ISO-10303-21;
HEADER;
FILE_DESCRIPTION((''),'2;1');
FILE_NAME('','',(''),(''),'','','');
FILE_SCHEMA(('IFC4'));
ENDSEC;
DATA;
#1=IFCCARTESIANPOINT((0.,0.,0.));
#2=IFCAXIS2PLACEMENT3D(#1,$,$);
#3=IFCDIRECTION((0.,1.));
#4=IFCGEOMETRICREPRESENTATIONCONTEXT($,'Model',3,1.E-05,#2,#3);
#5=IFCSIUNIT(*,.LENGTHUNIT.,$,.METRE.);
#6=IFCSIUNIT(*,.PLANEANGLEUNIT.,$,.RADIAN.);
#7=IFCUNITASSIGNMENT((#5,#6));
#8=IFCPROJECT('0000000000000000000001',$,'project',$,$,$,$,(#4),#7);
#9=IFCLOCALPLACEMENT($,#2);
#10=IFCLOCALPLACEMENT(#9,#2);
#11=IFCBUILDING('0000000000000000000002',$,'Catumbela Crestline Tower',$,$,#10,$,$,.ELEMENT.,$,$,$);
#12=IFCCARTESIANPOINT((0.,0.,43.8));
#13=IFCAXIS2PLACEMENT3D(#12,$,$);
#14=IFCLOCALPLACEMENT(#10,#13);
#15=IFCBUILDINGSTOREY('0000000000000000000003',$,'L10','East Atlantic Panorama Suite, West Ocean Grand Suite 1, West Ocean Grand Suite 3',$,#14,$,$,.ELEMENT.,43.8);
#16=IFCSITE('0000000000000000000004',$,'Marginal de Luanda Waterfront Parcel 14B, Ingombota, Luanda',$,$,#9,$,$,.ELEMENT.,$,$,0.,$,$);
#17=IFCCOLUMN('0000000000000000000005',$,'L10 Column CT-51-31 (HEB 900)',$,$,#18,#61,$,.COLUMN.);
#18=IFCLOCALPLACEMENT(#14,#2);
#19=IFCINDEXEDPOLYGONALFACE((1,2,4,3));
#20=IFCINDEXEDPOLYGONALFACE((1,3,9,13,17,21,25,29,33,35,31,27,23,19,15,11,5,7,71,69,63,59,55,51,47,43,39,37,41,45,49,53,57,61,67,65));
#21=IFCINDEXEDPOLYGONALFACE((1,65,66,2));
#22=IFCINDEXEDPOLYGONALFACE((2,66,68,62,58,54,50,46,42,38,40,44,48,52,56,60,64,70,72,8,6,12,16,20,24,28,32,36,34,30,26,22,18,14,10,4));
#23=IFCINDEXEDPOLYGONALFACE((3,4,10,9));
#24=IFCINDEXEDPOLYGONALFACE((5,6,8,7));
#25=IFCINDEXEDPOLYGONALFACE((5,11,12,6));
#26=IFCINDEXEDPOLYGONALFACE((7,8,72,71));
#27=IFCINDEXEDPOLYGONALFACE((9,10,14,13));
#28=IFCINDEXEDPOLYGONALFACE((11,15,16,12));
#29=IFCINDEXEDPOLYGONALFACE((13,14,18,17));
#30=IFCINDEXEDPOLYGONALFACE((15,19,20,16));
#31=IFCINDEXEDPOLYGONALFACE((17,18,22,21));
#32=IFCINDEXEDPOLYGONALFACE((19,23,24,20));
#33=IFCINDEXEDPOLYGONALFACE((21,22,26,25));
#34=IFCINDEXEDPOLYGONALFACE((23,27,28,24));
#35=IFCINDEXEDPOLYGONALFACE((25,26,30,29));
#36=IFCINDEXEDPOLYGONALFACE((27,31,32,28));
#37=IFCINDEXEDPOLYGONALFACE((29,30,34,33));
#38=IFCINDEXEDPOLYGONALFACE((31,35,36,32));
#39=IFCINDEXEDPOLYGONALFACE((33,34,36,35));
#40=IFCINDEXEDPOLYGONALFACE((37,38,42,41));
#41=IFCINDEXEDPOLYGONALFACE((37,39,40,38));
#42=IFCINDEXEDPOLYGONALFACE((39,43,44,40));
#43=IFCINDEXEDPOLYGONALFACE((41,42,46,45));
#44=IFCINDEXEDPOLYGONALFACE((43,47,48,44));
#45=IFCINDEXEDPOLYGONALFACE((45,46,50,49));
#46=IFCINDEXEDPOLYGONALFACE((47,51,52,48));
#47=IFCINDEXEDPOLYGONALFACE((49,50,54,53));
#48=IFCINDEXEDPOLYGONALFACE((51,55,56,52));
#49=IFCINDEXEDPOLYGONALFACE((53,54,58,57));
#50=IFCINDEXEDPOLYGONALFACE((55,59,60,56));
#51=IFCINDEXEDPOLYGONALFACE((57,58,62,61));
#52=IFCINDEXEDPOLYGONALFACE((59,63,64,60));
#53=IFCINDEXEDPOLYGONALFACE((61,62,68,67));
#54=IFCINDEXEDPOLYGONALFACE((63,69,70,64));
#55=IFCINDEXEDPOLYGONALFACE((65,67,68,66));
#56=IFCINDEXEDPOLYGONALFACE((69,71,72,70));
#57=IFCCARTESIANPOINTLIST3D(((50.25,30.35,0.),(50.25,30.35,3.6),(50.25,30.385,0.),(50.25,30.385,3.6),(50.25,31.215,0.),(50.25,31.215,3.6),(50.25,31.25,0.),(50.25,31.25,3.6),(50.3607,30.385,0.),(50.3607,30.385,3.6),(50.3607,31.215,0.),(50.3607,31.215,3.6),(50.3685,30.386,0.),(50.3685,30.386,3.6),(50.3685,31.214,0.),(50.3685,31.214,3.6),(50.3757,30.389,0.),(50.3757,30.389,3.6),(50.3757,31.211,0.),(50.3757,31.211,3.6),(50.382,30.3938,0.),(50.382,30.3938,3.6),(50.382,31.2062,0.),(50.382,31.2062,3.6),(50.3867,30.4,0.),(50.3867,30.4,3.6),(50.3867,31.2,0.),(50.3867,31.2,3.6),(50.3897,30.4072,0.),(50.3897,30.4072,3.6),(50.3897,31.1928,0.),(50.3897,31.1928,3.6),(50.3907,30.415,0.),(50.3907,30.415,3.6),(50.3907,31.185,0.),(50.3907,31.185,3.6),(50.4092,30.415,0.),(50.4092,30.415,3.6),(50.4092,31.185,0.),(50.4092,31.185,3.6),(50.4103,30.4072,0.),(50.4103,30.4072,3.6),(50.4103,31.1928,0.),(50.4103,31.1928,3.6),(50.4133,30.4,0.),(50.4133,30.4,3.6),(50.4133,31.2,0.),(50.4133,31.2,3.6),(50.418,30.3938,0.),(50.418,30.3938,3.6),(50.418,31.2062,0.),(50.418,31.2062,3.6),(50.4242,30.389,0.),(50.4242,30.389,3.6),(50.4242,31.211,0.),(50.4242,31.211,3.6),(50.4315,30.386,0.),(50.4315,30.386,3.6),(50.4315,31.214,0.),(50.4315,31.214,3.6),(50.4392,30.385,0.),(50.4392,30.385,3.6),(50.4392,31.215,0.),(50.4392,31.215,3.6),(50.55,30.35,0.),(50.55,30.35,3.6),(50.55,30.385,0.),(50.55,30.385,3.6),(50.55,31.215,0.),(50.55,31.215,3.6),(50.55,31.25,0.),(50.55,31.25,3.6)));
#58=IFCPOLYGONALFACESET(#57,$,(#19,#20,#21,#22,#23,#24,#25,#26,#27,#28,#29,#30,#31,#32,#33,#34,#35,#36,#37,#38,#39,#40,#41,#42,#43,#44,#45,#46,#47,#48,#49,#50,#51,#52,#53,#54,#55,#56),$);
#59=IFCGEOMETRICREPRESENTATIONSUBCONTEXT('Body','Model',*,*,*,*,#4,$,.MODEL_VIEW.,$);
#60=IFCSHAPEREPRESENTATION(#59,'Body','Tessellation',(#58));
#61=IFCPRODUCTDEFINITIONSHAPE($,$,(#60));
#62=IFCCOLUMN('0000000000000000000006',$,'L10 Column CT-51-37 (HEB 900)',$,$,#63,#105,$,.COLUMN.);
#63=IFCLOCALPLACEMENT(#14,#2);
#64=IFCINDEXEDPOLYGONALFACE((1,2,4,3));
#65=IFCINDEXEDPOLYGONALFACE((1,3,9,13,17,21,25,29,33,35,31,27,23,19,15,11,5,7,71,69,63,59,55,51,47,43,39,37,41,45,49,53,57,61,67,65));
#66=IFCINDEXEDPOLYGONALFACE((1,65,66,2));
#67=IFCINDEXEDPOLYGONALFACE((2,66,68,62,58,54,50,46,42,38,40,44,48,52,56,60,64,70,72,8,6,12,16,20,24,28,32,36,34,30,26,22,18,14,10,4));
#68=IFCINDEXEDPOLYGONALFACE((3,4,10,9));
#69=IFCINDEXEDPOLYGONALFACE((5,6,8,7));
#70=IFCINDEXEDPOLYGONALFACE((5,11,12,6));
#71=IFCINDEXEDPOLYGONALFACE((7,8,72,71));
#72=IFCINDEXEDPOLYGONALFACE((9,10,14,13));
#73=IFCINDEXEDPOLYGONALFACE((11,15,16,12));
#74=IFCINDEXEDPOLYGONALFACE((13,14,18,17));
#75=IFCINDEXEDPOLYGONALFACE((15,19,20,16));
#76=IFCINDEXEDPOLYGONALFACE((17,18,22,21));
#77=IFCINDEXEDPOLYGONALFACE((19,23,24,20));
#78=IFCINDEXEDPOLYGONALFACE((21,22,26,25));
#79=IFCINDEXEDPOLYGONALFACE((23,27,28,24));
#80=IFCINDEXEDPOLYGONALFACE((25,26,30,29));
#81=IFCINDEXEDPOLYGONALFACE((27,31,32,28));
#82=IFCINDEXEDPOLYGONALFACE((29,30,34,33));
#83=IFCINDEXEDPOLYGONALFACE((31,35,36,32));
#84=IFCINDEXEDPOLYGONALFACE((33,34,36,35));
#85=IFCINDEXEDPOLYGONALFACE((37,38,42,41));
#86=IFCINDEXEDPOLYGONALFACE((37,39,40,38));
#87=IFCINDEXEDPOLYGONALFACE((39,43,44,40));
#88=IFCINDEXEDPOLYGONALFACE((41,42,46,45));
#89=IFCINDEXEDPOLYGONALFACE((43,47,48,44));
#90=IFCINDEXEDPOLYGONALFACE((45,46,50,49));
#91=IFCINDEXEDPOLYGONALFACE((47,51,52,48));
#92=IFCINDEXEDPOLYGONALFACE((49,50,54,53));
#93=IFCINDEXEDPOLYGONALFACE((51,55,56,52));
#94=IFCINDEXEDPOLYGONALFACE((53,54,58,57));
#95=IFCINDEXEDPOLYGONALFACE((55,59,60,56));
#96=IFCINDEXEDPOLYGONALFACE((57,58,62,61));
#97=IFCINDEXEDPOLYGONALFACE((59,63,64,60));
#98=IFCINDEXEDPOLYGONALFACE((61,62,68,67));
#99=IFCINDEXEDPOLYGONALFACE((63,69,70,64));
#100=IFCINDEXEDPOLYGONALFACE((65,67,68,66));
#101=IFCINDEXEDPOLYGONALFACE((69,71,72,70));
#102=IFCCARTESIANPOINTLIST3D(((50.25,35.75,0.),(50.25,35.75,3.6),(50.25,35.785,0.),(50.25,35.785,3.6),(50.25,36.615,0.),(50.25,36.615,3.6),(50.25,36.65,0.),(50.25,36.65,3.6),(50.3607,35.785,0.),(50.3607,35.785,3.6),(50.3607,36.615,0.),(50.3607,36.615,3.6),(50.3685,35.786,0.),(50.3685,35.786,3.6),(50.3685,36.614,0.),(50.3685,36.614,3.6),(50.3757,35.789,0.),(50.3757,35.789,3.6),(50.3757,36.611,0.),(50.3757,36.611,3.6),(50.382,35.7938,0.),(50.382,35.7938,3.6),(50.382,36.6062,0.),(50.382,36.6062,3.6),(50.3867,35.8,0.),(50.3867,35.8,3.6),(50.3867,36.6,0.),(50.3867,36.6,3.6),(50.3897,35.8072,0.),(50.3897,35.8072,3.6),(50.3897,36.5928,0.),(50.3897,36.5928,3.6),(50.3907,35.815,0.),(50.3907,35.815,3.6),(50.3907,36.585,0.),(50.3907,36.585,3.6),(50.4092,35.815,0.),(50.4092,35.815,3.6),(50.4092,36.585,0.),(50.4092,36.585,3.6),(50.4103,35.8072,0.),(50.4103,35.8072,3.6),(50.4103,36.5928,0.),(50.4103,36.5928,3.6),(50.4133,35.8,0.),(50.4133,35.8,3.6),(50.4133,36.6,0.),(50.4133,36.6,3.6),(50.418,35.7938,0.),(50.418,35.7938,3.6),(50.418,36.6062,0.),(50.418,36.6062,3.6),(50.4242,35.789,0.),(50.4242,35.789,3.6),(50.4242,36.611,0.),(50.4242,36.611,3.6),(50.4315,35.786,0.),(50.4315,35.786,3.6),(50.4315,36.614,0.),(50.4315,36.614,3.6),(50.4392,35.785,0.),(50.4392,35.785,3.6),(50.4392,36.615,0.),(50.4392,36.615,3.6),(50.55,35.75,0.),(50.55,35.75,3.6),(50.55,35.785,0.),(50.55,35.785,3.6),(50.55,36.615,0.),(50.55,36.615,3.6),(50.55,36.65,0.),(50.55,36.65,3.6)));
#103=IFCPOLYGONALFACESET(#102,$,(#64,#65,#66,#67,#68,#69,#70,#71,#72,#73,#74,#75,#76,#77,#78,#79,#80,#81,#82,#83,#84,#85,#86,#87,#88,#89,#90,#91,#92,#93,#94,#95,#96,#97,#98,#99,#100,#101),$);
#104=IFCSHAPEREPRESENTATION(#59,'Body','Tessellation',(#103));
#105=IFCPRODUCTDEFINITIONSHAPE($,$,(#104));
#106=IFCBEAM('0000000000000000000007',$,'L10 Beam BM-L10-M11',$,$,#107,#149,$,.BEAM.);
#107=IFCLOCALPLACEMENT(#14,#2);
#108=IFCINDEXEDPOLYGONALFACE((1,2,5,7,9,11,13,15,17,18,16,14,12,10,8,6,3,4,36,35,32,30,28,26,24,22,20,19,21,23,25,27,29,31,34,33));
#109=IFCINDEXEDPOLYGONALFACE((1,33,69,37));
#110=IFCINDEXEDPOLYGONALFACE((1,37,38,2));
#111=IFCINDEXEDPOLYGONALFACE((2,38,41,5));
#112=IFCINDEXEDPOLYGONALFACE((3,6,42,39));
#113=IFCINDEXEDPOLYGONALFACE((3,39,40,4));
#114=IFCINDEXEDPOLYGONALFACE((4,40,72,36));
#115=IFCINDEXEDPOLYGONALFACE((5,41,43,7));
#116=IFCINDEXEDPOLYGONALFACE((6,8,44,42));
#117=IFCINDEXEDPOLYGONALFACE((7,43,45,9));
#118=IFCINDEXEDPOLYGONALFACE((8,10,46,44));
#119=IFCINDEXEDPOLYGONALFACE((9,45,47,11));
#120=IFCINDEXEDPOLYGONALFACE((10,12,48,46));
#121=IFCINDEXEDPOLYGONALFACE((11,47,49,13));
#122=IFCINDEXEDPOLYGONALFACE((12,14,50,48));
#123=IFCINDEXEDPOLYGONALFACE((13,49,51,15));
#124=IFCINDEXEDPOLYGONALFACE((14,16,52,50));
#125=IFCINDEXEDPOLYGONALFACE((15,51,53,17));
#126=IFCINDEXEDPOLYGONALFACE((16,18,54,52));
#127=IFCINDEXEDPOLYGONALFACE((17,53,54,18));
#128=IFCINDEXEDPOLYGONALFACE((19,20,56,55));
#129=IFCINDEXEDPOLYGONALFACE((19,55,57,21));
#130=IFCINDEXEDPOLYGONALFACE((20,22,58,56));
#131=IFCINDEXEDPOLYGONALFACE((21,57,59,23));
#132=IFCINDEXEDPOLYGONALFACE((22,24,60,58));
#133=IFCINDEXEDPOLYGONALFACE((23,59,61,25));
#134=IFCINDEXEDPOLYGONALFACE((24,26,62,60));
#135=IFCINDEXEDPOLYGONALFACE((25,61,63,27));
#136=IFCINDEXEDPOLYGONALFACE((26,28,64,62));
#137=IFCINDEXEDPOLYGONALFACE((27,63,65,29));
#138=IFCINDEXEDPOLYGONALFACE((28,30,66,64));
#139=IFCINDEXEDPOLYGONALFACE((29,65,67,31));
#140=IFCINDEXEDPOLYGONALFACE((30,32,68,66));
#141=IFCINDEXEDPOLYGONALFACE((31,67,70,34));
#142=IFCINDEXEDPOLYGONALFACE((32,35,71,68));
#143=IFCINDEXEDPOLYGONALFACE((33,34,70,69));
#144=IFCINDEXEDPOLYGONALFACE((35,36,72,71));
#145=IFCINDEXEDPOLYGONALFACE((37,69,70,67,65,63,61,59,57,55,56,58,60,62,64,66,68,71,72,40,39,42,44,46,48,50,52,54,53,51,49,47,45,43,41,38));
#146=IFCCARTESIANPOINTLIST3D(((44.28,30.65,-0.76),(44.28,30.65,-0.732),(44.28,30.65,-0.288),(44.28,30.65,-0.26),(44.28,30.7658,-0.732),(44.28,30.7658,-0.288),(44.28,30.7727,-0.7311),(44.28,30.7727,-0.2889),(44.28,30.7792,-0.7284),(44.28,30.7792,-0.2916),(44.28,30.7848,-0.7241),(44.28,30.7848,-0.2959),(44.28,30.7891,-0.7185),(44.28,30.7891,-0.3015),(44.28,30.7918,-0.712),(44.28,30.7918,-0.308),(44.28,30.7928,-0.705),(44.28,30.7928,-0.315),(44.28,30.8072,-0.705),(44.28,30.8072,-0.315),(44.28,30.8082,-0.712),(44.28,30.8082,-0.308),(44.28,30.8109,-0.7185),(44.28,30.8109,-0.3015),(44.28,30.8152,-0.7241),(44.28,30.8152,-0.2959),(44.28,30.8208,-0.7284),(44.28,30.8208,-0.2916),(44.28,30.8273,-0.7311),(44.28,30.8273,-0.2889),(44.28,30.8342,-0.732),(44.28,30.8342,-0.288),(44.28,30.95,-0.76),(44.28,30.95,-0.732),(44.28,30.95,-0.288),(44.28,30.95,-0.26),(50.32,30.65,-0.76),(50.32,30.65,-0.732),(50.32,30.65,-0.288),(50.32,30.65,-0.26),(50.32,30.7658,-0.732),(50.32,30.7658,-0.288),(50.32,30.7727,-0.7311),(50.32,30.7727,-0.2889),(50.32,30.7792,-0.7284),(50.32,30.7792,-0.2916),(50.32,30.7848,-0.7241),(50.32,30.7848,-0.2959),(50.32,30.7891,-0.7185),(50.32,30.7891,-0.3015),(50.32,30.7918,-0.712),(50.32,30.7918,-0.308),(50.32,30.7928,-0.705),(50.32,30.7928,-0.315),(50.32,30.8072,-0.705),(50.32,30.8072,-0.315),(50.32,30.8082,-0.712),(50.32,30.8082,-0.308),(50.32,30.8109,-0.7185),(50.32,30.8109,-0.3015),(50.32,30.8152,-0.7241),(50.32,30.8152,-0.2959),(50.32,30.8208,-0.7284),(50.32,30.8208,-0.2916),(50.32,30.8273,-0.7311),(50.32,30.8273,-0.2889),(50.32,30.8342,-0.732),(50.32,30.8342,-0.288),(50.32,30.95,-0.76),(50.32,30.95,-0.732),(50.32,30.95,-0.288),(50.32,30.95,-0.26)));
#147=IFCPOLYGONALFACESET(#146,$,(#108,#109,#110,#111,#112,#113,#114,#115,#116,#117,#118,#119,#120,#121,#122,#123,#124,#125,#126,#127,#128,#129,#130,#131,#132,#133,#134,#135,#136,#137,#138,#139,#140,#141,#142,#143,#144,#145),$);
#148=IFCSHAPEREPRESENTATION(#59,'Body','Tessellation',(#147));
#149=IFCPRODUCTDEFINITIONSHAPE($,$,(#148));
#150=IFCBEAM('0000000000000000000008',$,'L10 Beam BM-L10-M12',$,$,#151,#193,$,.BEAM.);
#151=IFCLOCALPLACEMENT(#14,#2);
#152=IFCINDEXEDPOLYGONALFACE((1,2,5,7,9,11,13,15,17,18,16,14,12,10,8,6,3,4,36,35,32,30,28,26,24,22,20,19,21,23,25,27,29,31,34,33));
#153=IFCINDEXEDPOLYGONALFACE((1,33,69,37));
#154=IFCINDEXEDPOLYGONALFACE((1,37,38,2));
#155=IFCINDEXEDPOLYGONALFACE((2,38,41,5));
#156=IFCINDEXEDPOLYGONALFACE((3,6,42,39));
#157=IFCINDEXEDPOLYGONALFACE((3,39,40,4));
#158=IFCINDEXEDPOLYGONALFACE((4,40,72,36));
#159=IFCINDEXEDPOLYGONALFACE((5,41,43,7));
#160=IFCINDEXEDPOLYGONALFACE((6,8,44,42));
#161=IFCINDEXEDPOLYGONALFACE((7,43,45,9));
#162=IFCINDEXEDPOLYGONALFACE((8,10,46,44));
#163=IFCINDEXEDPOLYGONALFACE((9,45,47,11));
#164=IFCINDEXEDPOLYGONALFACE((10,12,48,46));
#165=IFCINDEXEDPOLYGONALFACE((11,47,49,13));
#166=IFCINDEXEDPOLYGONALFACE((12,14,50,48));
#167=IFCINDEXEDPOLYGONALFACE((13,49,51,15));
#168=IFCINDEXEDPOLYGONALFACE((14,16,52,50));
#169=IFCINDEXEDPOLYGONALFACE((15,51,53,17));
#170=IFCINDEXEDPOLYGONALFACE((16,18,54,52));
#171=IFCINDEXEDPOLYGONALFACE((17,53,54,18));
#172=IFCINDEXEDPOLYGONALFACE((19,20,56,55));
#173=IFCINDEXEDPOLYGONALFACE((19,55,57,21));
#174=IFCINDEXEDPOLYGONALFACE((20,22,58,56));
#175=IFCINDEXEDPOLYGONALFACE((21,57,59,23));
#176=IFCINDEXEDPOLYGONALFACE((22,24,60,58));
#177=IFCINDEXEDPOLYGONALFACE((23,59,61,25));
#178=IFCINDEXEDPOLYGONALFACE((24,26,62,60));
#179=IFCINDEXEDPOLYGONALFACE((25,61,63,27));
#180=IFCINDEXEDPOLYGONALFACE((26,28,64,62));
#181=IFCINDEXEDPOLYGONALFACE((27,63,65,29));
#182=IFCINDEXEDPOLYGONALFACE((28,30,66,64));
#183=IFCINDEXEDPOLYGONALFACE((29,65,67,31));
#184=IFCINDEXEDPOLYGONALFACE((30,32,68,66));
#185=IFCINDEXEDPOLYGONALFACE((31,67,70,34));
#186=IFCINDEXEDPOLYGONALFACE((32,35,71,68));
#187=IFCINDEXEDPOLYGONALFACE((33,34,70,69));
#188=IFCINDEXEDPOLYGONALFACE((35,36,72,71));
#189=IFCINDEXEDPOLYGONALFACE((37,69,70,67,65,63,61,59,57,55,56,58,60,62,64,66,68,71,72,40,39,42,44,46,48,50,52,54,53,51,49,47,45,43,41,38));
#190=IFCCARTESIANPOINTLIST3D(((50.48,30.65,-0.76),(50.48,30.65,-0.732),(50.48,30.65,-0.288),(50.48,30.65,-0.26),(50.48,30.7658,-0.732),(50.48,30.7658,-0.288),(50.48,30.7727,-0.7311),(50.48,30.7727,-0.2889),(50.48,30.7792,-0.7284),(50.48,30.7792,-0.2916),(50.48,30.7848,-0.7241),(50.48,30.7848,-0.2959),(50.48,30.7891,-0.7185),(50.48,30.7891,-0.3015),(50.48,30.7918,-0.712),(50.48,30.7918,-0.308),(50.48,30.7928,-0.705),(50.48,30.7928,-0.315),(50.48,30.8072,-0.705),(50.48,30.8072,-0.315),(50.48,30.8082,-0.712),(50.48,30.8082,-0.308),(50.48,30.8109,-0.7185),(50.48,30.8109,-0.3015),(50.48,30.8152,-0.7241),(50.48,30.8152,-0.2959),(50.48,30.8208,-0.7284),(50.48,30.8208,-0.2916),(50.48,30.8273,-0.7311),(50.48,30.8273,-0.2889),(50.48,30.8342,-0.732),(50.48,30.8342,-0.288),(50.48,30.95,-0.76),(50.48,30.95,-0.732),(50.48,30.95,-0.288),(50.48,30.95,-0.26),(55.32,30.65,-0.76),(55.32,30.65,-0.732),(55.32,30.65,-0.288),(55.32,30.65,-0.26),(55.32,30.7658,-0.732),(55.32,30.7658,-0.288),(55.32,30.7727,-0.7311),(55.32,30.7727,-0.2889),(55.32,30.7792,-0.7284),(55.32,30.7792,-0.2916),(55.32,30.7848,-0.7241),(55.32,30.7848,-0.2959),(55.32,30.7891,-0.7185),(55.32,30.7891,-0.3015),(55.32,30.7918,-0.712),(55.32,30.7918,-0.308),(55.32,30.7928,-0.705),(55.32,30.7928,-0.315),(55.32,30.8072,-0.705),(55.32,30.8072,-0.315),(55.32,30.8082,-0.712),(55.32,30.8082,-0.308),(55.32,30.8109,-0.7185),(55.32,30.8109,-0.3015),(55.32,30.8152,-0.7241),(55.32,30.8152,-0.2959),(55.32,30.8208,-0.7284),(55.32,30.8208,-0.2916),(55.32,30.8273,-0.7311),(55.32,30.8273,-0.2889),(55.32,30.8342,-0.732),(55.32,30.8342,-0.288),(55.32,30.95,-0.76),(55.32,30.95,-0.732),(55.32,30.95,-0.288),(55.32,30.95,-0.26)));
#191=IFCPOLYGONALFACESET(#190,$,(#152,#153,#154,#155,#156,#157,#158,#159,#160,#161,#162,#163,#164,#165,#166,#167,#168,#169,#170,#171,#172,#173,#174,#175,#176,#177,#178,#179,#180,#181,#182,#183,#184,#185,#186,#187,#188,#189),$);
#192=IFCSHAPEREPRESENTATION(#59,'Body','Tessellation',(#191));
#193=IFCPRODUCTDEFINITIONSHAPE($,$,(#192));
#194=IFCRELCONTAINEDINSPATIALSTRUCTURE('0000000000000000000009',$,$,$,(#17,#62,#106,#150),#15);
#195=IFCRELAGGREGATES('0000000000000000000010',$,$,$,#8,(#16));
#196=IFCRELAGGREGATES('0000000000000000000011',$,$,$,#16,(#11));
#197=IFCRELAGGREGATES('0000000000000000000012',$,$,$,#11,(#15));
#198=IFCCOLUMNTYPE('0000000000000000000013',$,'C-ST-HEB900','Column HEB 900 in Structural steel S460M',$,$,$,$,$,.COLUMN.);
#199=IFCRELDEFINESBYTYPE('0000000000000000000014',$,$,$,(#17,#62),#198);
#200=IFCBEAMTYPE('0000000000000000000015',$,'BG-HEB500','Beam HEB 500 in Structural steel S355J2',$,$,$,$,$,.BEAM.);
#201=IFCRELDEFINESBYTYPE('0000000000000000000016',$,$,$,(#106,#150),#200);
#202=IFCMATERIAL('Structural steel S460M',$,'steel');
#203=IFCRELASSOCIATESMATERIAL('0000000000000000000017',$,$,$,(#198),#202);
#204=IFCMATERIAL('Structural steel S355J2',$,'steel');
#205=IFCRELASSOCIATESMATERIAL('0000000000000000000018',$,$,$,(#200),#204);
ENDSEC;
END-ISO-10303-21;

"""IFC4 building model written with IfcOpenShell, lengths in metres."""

from ifc_helpers import new_model, si_unit, direction, frame, origin, origin_2d, place, context, subcontext, project, spatial, i_section, extrude, material, material_profile, profile_set, type_object, element, save


model = new_model("IFC4")

# Units and contexts
model_context = context("Model", 3, precision=1e-05, world=origin(), true_north=direction((0.0, 1.0)))
body_context = subcontext(model_context, "Body", "Model", "MODEL_VIEW")
ifc_project = project(units=[si_unit("LENGTHUNIT", "METRE"), si_unit("PLANEANGLEUNIT", "RADIAN")], contexts=[model_context])

# Site, building, storey
site_placement = place(None, origin())
site = spatial("IfcSite", under=ifc_project, at=site_placement, Name="Marginal de Luanda Waterfront Parcel 14B, Ingombota, Luanda", CompositionType="ELEMENT", RefElevation=0.0)
building_placement = place(site_placement, origin())
building = spatial("IfcBuilding", under=site, at=building_placement, Name="Catumbela Crestline Tower", CompositionType="ELEMENT")
storey_placement = place(building_placement, frame((0.0, 0.0, 43.8)))
storey = spatial("IfcBuildingStorey", under=building, at=storey_placement, Name="L10", Description="East Atlantic Panorama Suite, West Ocean Grand Suite 1, West Ocean Grand Suite 3", CompositionType="ELEMENT", Elevation=43.8)

# Columns
ifc_material_1 = material(Name="Structural steel S460M", Category="steel")
ifc_material_profile_1 = material_profile(ifc_material_1, i_section(OverallWidth=0.3, OverallDepth=0.9, WebThickness=0.0185, FlangeThickness=0.035, FilletRadius=0.03, at=origin_2d()), Name="HEB 900")
ifc_profile_set_1 = profile_set([ifc_material_profile_1], Name="Structural steel S460M")
column_type_1 = type_object("IfcColumnType", Name="C-ST-HEB900", Description="Column HEB 900 in Structural steel S460M", PredefinedType="COLUMN", material=ifc_profile_set_1)
for number, where, z_axis, x_axis, name in (
    (1, (50.4, 30.8, 0.0), (0.0, 0.0, 1.0), (1.0, 0.0, 0.0), "L10 Column CT-51-31 (HEB 900)"),
    (2, (50.4, 36.2, 0.0), (0.0, 0.0, 1.0), (1.0, 0.0, 0.0), "L10 Column CT-51-37 (HEB 900)"),
):
    element("IfcColumn", number, at=place(storey_placement, frame(where, z_axis=z_axis, x_axis=x_axis)), inside=storey, type_object=column_type_1, Name=name, PredefinedType="COLUMN", context=body_context, shape_type="SweptSolid", body=[
        extrude(i_section(OverallWidth=0.3, OverallDepth=0.9, WebThickness=0.0185, FlangeThickness=0.035, FilletRadius=0.03, at=origin_2d()), origin(), (0.0, 0.0, 1.0), 3.6),
    ])

# Beams
ifc_material_2 = material(Name="Structural steel S355J2", Category="steel")
ifc_material_profile_2 = material_profile(ifc_material_2, i_section(OverallWidth=0.3, OverallDepth=0.5, WebThickness=0.0145, FlangeThickness=0.028, FilletRadius=0.027, at=origin_2d()), Name="HEB 500")
ifc_profile_set_2 = profile_set([ifc_material_profile_2], Name="Structural steel S355J2")
beam_type_1 = type_object("IfcBeamType", Name="BG-HEB500", Description="Beam HEB 500 in Structural steel S355J2", PredefinedType="BEAM", material=ifc_profile_set_2)
beam_1_placement = place(storey_placement, frame((44.28, 30.8, -0.51), z_axis=(1.0, 0.0, 0.0), x_axis=(0.0, 1.0, 0.0)))
element("IfcBeam", 3, at=beam_1_placement, inside=storey, type_object=beam_type_1, Name="L10 Beam BM-L10-M11", PredefinedType="BEAM", context=body_context, shape_type="SweptSolid", body=[
    extrude(i_section(OverallWidth=0.3, OverallDepth=0.5, WebThickness=0.0145, FlangeThickness=0.028, FilletRadius=0.027, at=origin_2d()), origin(), (0.0, 0.0, 1.0), 6.04),
])
beam_2_placement = place(storey_placement, frame((50.48, 30.8, -0.51), z_axis=(1.0, 0.0, 0.0), x_axis=(0.0, 1.0, 0.0)))
element("IfcBeam", 4, at=beam_2_placement, inside=storey, type_object=beam_type_1, Name="L10 Beam BM-L10-M12", PredefinedType="BEAM", context=body_context, shape_type="SweptSolid", body=[
    extrude(i_section(OverallWidth=0.3, OverallDepth=0.5, WebThickness=0.0145, FlangeThickness=0.028, FilletRadius=0.027, at=origin_2d()), origin(), (0.0, 0.0, 1.0), 4.84),
])

save(model, "model.ifc")
